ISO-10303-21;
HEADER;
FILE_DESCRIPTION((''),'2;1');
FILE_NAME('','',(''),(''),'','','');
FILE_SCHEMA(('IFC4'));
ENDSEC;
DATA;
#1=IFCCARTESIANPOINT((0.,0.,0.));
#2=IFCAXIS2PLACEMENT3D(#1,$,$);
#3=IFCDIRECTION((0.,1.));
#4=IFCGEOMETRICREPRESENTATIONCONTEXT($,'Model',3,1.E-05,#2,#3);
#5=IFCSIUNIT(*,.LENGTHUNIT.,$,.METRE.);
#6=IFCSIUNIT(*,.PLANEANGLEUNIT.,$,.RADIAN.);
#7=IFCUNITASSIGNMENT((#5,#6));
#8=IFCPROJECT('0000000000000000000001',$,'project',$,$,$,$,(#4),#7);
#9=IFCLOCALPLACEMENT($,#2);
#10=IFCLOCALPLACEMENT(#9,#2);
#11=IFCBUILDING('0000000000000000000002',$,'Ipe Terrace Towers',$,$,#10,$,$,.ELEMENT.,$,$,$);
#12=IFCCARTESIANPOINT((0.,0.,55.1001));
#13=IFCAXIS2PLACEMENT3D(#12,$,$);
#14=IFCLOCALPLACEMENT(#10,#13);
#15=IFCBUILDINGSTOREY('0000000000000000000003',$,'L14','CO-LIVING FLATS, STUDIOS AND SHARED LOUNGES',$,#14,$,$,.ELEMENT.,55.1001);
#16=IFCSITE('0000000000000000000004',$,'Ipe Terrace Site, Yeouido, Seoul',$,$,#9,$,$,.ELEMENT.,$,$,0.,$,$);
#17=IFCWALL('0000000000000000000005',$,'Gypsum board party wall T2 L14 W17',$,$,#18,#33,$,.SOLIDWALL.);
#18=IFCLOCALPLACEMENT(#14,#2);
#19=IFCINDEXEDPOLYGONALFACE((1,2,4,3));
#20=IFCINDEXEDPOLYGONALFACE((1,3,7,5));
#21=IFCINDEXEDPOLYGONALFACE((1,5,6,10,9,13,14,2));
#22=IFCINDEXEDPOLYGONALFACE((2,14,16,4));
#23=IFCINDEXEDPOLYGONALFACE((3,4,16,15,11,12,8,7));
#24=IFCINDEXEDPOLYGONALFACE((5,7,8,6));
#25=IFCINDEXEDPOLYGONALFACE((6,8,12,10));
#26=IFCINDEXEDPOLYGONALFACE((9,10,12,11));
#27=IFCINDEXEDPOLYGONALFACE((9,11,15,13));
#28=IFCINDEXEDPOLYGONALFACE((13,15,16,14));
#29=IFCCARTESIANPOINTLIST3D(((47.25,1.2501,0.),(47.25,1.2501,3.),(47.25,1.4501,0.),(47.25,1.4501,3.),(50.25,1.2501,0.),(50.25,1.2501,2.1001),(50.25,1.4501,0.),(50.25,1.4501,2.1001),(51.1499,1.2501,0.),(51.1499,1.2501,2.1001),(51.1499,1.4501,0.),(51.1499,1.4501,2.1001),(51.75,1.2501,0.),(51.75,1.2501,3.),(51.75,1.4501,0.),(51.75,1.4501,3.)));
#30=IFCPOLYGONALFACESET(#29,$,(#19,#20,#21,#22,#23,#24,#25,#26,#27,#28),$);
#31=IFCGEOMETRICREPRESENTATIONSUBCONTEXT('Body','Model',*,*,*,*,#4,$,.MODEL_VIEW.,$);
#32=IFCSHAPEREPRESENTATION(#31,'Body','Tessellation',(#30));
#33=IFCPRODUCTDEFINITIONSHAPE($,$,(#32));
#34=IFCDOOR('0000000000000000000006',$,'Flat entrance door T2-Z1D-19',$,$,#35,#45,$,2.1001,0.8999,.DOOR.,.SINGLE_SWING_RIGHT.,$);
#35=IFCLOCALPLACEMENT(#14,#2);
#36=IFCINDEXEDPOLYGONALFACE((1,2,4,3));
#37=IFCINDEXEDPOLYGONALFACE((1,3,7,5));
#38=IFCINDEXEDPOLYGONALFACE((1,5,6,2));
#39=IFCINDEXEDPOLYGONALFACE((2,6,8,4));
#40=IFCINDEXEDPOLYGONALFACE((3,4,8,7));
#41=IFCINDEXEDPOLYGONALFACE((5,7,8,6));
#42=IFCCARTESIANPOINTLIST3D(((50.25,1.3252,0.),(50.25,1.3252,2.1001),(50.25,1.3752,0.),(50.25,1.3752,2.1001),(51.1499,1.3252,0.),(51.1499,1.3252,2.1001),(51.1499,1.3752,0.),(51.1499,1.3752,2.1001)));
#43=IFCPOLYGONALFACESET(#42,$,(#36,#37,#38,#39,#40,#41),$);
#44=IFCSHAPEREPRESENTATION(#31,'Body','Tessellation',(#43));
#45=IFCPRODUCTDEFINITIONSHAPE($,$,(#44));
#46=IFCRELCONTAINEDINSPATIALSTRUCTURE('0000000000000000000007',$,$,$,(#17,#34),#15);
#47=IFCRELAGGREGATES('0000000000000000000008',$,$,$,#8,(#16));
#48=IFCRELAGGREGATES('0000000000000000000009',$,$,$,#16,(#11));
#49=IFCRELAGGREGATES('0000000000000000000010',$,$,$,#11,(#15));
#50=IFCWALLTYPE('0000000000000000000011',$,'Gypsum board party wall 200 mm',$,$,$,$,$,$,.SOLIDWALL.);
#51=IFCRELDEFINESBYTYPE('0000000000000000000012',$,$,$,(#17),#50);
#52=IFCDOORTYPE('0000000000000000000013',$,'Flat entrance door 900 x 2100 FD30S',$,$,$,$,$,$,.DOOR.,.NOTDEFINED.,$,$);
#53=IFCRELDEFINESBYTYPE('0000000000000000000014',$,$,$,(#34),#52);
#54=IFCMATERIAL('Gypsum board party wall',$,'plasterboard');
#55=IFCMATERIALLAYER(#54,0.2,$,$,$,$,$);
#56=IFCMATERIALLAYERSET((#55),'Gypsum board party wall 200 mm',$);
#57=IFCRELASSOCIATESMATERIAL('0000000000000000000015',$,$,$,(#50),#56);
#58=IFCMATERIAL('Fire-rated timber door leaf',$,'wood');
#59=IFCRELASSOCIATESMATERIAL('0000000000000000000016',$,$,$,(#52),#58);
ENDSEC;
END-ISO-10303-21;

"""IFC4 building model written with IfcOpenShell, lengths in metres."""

from ifc_helpers import new_model, si_unit, direction, frame, frame_2d, origin, place, context, subcontext, project, spatial, rectangle, extrude, material, layer, layer_set, type_object, element, fill, save


model = new_model("IFC4")

# Units and contexts
model_context = context("Model", 3, precision=1e-05, world=origin(), true_north=direction((0.0, 1.0)))
body_context = subcontext(model_context, "Body", "Model", "MODEL_VIEW")
ifc_project = project(units=[si_unit("LENGTHUNIT", "METRE"), si_unit("PLANEANGLEUNIT", "RADIAN")], contexts=[model_context])

# Site, building, storey
site_placement = place(None, origin())
site = spatial("IfcSite", under=ifc_project, at=site_placement, Name="Ipe Terrace Site, Yeouido, Seoul", CompositionType="ELEMENT", RefElevation=0.0)
building_placement = place(site_placement, origin())
building = spatial("IfcBuilding", under=site, at=building_placement, Name="Ipe Terrace Towers", CompositionType="ELEMENT")
storey_placement = place(building_placement, frame((0.0, 0.0, 55.1001)))
storey = spatial("IfcBuildingStorey", under=building, at=storey_placement, Name="L14", Description="CO-LIVING FLATS, STUDIOS AND SHARED LOUNGES", CompositionType="ELEMENT", Elevation=55.1001)

# Wall, opening, door
ifc_material_1 = material(Name="Gypsum board party wall", Category="plasterboard")
ifc_layer_1 = layer(ifc_material_1, 0.2)
ifc_layer_set_1 = layer_set([ifc_layer_1], Name="Gypsum board party wall 200 mm")
wall_type_1 = type_object("IfcWallType", Name="Gypsum board party wall 200 mm", PredefinedType="SOLIDWALL", material=ifc_layer_set_1)
wall_1_placement = place(storey_placement, frame((51.75, 1.3501, 0.0), z_axis=(0.0, 0.0, 1.0), x_axis=(-1.0, 0.0, 0.0)))
wall_1 = element("IfcWall", 1, at=wall_1_placement, inside=storey, type_object=wall_type_1, Name="Gypsum board party wall T2 L14 W17", PredefinedType="SOLIDWALL", context=body_context, shape_type="SweptSolid", body=[
    extrude(rectangle(XDim=4.5, YDim=0.2, at=frame_2d((2.25, 0.0))), origin(), (0.0, 0.0, 1.0), 3.0),
])
opening_1_placement = place(wall_1_placement, frame((0.6001, 0.0, 0.0)))
opening_1 = element("IfcOpeningElement", 2, at=opening_1_placement, cuts=wall_1, PredefinedType="OPENING", context=body_context, shape_type="SweptSolid", body=[
    extrude(rectangle(XDim=0.8999, YDim=2.1001, at=frame_2d((0.45, 1.05))), frame((0.0, 0.1099, 0.0), z_axis=(0.0, -1.0, 0.0), x_axis=(1.0, 0.0, 0.0)), (0.0, 0.0, 1.0), 0.22),
])
ifc_material_2 = material(Name="Fire-rated timber door leaf", Category="wood")
door_type_1 = type_object("IfcDoorType", Name="Flat entrance door 900 x 2100 FD30S", OperationType="NOTDEFINED", PredefinedType="DOOR", material=ifc_material_2)
door_1_placement = place(opening_1_placement, origin())
door_1 = element("IfcDoor", 3, at=door_1_placement, inside=storey, type_object=door_type_1, Name="Flat entrance door T2-Z1D-19", OperationType="SINGLE_SWING_RIGHT", OverallHeight=2.1001, OverallWidth=0.8999, PredefinedType="DOOR", context=body_context, shape_type="SweptSolid", body=[
    extrude(rectangle(XDim=0.8999, YDim=2.1001, at=frame_2d((0.45, 1.05))), frame((0.0, 0.0249, 0.0), z_axis=(0.0, -1.0, 0.0), x_axis=(1.0, 0.0, 0.0)), (0.0, 0.0, 1.0), 0.05),
])
fill(opening_1, door_1)

save(model, "model.ifc")
